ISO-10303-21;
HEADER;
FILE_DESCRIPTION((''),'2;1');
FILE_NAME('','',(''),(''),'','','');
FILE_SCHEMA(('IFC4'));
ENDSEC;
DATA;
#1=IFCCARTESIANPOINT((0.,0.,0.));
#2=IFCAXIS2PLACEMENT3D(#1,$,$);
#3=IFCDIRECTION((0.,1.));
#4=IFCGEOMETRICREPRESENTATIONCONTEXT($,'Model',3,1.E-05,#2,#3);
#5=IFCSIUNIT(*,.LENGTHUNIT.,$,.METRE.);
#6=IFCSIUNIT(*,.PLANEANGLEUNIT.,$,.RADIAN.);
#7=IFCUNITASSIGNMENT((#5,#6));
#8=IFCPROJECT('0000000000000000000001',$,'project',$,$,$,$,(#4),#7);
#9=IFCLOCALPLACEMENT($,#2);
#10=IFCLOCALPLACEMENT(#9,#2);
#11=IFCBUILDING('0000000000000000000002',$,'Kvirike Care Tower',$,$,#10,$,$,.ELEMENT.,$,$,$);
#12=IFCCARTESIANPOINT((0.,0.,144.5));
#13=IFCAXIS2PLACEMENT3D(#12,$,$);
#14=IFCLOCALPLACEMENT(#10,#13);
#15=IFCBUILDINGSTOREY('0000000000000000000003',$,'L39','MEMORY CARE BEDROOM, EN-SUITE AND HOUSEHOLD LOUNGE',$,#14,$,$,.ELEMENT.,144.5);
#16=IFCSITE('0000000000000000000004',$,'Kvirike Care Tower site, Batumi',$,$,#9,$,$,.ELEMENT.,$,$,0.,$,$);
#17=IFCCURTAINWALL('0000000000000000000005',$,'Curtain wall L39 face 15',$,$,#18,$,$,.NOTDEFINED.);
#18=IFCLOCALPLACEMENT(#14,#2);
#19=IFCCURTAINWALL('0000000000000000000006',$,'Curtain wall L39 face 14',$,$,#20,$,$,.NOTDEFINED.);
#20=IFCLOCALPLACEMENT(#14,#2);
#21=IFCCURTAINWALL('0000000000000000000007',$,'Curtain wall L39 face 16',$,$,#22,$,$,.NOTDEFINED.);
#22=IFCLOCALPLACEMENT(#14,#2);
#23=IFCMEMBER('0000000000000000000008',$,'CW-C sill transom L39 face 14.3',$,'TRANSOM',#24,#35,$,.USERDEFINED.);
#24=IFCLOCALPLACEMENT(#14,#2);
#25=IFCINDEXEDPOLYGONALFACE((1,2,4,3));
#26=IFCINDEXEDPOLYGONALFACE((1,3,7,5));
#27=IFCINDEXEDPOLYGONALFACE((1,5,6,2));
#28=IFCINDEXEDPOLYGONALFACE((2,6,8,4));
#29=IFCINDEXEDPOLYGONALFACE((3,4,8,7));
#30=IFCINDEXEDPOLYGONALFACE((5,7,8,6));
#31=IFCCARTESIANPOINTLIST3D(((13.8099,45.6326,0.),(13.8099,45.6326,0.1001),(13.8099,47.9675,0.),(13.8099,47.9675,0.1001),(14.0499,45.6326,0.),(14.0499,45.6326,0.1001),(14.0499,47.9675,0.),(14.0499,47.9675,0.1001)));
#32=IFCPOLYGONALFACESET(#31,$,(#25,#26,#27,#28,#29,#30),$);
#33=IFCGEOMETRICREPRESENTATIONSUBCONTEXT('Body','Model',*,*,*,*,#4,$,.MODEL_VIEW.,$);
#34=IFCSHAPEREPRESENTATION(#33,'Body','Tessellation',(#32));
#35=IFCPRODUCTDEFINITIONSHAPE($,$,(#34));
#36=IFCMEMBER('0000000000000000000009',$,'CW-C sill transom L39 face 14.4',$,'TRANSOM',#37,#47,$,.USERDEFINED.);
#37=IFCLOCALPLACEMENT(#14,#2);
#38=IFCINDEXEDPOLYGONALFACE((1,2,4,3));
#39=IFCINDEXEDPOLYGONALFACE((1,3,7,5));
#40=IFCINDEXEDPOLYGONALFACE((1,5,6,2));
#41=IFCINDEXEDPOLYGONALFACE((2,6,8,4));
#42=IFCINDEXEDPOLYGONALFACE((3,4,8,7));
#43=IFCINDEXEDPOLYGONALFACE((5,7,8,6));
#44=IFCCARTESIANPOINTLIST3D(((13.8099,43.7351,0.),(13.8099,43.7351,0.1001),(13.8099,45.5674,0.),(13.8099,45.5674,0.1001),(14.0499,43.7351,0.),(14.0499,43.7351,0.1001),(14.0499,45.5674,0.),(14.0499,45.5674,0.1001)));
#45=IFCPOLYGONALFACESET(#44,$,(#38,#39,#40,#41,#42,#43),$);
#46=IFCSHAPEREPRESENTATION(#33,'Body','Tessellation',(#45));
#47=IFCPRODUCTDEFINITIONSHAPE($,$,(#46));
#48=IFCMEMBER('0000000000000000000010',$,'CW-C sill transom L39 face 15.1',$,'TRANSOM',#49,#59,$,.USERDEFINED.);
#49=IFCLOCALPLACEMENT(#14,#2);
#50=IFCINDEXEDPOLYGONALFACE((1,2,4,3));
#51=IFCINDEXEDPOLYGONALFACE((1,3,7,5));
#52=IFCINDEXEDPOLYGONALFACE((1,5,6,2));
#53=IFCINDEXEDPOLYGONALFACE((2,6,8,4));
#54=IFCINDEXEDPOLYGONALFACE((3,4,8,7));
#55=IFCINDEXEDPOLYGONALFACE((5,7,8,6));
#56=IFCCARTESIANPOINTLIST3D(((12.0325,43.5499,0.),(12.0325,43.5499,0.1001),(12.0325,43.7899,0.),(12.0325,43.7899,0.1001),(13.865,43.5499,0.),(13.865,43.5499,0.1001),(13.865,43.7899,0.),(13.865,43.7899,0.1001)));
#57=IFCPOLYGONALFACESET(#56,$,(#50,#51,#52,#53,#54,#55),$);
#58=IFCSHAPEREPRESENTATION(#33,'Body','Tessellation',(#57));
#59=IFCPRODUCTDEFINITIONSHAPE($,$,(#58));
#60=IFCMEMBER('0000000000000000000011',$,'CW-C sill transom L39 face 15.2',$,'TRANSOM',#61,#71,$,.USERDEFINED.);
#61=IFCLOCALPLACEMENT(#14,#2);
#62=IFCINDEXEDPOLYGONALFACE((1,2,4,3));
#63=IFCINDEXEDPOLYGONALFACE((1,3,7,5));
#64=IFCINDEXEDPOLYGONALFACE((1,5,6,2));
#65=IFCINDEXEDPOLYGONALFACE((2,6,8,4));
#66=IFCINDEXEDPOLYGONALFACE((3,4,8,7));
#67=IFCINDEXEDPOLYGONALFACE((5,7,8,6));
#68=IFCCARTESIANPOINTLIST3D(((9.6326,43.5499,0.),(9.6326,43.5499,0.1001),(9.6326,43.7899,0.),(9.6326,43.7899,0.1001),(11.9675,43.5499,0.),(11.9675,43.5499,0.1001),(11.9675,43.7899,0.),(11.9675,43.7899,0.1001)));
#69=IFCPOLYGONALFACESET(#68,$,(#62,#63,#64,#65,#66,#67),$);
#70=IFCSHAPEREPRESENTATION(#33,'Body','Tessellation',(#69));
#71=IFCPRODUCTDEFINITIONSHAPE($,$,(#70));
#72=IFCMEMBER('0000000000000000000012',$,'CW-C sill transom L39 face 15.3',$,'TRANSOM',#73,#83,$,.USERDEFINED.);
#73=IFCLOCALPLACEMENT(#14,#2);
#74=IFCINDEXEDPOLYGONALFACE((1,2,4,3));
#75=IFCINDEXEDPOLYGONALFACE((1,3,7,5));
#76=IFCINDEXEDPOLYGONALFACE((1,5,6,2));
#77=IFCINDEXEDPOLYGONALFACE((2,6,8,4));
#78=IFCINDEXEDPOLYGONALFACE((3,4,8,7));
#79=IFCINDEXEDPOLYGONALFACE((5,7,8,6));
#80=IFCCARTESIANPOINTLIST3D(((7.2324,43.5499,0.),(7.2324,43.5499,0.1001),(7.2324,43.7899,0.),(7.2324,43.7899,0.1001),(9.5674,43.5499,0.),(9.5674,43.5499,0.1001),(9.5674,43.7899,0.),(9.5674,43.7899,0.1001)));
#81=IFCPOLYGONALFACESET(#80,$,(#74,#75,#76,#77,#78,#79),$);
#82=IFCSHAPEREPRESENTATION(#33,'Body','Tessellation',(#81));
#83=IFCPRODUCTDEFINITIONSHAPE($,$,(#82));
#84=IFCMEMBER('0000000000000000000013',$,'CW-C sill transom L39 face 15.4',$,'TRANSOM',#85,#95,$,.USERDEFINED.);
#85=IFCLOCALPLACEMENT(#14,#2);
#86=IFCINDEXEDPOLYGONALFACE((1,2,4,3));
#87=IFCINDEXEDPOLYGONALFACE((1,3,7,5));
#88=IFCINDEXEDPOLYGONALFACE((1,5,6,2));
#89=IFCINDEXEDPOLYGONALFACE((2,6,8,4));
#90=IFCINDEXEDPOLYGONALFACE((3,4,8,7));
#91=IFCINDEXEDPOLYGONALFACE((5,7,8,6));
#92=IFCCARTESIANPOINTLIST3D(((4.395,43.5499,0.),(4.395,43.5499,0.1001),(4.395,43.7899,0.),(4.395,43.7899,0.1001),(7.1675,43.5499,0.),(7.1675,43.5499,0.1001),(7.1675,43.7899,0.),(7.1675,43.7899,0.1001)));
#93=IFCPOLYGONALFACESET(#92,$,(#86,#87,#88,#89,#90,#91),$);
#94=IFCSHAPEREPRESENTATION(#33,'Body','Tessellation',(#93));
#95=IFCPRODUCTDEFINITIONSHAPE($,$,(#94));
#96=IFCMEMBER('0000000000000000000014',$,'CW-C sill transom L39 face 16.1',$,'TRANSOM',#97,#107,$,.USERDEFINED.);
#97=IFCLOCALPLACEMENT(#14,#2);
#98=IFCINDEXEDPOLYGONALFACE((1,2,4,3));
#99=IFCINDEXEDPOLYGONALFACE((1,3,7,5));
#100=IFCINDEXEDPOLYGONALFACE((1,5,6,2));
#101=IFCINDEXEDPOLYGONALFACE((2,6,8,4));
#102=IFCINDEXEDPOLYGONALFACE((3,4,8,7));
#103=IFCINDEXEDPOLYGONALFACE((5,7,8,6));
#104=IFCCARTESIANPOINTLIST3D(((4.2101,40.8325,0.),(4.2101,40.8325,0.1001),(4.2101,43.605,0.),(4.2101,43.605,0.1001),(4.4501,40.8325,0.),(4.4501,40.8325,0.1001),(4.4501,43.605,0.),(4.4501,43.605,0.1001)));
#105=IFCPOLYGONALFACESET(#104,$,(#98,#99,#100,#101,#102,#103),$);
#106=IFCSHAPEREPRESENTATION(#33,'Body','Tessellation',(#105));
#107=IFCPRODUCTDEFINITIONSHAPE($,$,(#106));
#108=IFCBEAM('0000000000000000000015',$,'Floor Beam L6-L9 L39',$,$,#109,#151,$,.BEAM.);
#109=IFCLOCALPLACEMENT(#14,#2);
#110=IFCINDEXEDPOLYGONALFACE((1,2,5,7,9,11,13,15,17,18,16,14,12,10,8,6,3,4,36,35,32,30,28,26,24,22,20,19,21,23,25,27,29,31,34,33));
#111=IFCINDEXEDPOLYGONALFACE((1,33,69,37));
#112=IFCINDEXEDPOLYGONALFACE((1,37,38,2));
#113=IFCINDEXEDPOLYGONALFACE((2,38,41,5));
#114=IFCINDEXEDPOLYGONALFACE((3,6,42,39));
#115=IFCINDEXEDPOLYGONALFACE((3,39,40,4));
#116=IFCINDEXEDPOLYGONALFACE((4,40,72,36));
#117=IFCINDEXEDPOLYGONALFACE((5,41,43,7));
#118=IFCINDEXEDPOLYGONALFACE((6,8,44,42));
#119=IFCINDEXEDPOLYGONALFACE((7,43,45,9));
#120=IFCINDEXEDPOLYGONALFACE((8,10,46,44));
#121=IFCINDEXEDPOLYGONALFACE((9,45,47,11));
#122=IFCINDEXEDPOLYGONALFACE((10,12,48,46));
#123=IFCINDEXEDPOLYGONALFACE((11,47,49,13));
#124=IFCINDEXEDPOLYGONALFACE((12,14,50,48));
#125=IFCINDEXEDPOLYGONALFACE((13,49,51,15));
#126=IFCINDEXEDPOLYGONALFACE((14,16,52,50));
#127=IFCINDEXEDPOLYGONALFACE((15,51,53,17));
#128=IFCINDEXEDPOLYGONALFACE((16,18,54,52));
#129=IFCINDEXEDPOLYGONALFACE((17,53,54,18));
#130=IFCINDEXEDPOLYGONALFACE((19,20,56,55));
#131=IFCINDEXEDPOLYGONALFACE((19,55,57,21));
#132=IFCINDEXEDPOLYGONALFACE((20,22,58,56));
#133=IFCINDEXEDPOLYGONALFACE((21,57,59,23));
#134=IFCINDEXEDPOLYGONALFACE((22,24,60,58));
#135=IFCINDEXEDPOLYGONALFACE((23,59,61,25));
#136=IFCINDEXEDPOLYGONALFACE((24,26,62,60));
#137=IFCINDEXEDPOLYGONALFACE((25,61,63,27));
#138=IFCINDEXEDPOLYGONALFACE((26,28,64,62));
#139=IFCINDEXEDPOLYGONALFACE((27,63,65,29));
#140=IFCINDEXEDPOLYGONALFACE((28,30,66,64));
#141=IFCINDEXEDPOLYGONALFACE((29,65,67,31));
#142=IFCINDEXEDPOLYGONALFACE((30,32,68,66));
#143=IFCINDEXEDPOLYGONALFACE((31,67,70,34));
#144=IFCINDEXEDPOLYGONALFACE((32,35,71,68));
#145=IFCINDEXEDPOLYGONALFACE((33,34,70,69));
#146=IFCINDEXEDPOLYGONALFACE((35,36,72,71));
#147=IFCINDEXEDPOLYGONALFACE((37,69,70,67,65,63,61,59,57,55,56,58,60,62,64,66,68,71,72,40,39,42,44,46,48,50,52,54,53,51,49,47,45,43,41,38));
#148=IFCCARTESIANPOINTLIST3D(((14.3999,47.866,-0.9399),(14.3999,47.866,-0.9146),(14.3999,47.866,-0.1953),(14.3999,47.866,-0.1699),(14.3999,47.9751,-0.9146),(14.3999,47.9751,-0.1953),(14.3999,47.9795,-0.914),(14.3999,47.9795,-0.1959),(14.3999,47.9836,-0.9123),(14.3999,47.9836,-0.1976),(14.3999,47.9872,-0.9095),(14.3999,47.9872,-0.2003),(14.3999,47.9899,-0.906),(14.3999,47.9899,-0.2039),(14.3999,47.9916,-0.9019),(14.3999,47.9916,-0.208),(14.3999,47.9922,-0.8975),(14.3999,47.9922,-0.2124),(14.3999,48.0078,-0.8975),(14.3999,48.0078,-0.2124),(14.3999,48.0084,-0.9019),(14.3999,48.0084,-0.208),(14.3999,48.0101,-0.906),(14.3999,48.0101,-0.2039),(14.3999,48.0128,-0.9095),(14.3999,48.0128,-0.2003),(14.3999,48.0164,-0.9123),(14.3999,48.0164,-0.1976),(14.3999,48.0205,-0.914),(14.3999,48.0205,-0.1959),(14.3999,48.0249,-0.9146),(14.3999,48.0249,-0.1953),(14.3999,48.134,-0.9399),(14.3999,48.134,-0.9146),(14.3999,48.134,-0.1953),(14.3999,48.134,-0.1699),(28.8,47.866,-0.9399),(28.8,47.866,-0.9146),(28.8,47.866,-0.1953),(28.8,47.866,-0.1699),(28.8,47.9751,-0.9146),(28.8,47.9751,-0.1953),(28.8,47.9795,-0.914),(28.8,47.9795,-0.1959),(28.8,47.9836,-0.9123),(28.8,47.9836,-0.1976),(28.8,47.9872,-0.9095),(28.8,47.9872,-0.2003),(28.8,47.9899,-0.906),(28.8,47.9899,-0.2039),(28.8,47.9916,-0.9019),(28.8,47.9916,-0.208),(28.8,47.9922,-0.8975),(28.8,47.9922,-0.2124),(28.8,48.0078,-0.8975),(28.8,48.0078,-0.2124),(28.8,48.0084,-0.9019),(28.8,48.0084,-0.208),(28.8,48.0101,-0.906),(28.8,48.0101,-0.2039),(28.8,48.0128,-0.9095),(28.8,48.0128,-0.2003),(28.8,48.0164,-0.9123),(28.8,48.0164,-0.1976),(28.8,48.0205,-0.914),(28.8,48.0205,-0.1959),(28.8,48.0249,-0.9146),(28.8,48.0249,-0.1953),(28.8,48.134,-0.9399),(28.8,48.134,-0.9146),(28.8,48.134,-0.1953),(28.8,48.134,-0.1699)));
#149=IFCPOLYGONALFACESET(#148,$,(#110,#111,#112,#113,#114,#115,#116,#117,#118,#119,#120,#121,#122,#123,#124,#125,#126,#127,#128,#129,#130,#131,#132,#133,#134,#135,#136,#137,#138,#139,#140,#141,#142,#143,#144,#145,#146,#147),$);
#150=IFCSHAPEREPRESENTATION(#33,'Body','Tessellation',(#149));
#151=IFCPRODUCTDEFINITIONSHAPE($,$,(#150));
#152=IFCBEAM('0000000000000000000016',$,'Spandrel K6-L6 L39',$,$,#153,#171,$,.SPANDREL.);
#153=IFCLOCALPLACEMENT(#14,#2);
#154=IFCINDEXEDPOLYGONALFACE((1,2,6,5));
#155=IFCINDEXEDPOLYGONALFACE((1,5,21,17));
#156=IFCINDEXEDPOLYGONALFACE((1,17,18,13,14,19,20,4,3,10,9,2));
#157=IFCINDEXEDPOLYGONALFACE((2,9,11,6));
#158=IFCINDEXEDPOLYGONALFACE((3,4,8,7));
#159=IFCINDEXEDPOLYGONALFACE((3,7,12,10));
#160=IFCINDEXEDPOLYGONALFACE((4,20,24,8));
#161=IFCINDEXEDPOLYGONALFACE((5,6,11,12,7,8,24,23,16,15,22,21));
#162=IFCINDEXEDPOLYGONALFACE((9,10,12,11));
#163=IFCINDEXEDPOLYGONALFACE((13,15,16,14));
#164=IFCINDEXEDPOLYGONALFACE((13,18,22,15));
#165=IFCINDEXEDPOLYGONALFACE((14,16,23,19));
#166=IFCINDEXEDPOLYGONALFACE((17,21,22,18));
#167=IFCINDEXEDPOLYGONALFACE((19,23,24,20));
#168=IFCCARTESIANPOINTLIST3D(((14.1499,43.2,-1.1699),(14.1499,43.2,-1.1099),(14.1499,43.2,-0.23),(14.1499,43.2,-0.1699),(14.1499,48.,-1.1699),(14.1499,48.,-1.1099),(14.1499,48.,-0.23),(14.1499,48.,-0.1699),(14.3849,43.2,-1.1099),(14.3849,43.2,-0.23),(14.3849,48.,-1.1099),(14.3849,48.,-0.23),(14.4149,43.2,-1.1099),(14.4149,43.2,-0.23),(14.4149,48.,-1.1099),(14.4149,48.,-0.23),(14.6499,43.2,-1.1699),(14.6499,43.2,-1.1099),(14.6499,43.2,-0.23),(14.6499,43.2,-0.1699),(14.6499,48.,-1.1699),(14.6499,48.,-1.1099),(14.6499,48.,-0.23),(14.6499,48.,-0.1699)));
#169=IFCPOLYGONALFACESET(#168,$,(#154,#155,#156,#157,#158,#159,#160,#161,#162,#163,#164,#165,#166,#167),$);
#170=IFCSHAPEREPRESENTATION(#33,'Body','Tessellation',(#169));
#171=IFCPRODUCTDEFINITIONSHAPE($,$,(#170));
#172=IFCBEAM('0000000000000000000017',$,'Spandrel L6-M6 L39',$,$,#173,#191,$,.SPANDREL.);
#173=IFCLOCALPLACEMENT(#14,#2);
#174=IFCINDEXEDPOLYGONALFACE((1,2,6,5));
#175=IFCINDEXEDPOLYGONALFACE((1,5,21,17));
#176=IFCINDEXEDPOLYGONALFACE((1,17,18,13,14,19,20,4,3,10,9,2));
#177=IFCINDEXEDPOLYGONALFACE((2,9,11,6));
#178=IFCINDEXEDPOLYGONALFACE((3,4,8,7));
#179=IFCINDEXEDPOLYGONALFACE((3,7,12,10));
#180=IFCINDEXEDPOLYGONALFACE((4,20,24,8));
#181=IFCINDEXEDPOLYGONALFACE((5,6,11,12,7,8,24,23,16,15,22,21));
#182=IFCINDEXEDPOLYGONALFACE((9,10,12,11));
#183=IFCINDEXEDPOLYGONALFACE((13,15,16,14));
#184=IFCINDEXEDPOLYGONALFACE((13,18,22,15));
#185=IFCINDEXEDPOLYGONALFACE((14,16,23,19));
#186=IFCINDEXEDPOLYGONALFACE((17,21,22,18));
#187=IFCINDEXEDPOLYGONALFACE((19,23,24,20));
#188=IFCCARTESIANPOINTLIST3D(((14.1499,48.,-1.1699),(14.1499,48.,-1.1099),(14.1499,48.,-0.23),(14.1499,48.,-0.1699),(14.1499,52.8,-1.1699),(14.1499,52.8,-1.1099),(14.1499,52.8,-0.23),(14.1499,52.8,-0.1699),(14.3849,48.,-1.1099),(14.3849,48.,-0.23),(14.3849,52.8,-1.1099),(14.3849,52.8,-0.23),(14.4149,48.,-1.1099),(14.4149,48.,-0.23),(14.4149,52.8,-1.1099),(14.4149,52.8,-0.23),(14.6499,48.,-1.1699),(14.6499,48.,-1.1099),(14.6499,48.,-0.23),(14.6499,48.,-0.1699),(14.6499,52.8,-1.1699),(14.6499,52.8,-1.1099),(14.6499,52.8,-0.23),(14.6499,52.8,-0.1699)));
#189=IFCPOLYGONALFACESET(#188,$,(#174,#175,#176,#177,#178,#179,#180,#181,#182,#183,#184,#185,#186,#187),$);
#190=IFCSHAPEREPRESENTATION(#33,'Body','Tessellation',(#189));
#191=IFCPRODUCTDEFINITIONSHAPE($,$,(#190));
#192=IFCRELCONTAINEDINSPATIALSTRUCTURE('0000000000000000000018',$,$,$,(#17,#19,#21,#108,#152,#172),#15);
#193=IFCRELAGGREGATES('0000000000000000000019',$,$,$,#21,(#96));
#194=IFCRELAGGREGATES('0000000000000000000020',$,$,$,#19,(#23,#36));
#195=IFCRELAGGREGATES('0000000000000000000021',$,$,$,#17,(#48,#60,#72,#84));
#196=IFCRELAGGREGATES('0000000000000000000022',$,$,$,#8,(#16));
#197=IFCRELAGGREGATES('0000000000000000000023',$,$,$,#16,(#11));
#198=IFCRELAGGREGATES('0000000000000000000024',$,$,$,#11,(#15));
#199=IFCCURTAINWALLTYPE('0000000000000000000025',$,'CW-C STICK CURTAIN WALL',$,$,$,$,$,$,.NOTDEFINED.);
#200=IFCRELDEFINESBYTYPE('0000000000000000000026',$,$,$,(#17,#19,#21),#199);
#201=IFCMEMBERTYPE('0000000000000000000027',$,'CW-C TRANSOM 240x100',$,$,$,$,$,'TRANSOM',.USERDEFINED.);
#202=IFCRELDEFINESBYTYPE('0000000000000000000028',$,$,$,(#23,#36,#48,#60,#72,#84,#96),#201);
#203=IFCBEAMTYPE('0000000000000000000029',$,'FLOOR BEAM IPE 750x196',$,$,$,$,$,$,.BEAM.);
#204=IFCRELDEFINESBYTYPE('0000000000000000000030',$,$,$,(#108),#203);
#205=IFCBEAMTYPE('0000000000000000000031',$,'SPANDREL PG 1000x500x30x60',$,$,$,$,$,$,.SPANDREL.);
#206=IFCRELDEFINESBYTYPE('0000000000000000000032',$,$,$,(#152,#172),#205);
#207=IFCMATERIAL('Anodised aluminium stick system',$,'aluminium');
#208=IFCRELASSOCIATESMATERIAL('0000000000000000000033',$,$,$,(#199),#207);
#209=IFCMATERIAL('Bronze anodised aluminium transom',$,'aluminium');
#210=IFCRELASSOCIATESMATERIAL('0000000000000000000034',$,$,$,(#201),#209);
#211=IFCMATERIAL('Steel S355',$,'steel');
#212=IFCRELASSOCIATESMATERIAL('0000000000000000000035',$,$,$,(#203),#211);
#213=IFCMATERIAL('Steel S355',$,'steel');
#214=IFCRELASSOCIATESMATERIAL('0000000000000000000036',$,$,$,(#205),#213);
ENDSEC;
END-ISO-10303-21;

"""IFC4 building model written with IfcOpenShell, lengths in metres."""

from ifc_helpers import new_model, si_unit, direction, frame, origin, origin_2d, place, context, subcontext, project, spatial, rectangle, i_section, extrude, material, material_profile, profile_set, type_object, element, aggregate, save


model = new_model("IFC4")

# Units and contexts
model_context = context("Model", 3, precision=1e-05, world=origin(), true_north=direction((0.0, 1.0)))
body_context = subcontext(model_context, "Body", "Model", "MODEL_VIEW")
ifc_project = project(units=[si_unit("LENGTHUNIT", "METRE"), si_unit("PLANEANGLEUNIT", "RADIAN")], contexts=[model_context])

# Site, building, storey
site_placement = place(None, origin())
site = spatial("IfcSite", under=ifc_project, at=site_placement, Name="Kvirike Care Tower site, Batumi", CompositionType="ELEMENT", RefElevation=0.0)
building_placement = place(site_placement, origin())
building = spatial("IfcBuilding", under=site, at=building_placement, Name="Kvirike Care Tower", CompositionType="ELEMENT")
storey_placement = place(building_placement, frame((0.0, 0.0, 144.5)))
storey = spatial("IfcBuildingStorey", under=building, at=storey_placement, Name="L39", Description="MEMORY CARE BEDROOM, EN-SUITE AND HOUSEHOLD LOUNGE", CompositionType="ELEMENT", Elevation=144.5)

# Curtain wall
ifc_material_1 = material(Name="Anodised aluminium stick system", Category="aluminium")
curtain_wall_type = type_object("IfcCurtainWallType", Name="CW-C STICK CURTAIN WALL", PredefinedType="NOTDEFINED", material=ifc_material_1)
curtain_wall_1_placement = place(storey_placement, origin())
curtain_wall_1 = element("IfcCurtainWall", 1, at=curtain_wall_1_placement, inside=storey, type_object=curtain_wall_type, Name="Curtain wall L39 face 15", PredefinedType="NOTDEFINED")

# Curtain wall
curtain_wall_2_placement = place(storey_placement, origin())
curtain_wall_2 = element("IfcCurtainWall", 2, at=curtain_wall_2_placement, inside=storey, type_object=curtain_wall_type, Name="Curtain wall L39 face 14", PredefinedType="NOTDEFINED")

# Curtain wall
curtain_wall_3_placement = place(storey_placement, origin())
curtain_wall_3 = element("IfcCurtainWall", 3, at=curtain_wall_3_placement, inside=storey, type_object=curtain_wall_type, Name="Curtain wall L39 face 16", PredefinedType="NOTDEFINED")

# Members
ifc_material_2 = material(Name="Bronze anodised aluminium transom", Category="aluminium")
ifc_material_profile_1 = material_profile(ifc_material_2, rectangle(XDim=0.24, YDim=0.1001, at=origin_2d()), Name="CW-C TRANSOM 240x100")
ifc_profile_set_1 = profile_set([ifc_material_profile_1], Name="Bronze anodised aluminium transom")
member_type_1 = type_object("IfcMemberType", Name="CW-C TRANSOM 240x100", ElementType="TRANSOM", PredefinedType="USERDEFINED", material=ifc_profile_set_1)
member_1_placement = place(storey_placement, frame((13.9299, 47.9675, 0.05), z_axis=(0.0, -1.0, 0.0), x_axis=(1.0, 0.0, 0.0)))
member_1 = element("IfcMember", 4, at=member_1_placement, type_object=member_type_1, Name="CW-C sill transom L39 face 14.3", ObjectType="TRANSOM", PredefinedType="USERDEFINED", context=body_context, shape_type="SweptSolid", body=[
    extrude(rectangle(XDim=0.24, YDim=0.1001, at=origin_2d()), origin(), (0.0, 0.0, 1.0), 2.335),
])
member_2_placement = place(storey_placement, frame((13.9299, 45.5674, 0.05), z_axis=(0.0, -1.0, 0.0), x_axis=(1.0, 0.0, 0.0)))
member_2 = element("IfcMember", 5, at=member_2_placement, type_object=member_type_1, Name="CW-C sill transom L39 face 14.4", ObjectType="TRANSOM", PredefinedType="USERDEFINED", context=body_context, shape_type="SweptSolid", body=[
    extrude(rectangle(XDim=0.24, YDim=0.1001, at=origin_2d()), origin(), (0.0, 0.0, 1.0), 1.8323),
])
member_3_placement = place(storey_placement, frame((13.865, 43.6699, 0.05), z_axis=(-1.0, 0.0, 0.0), x_axis=(0.0, -1.0, 0.0)))
member_3 = element("IfcMember", 6, at=member_3_placement, type_object=member_type_1, Name="CW-C sill transom L39 face 15.1", ObjectType="TRANSOM", PredefinedType="USERDEFINED", context=body_context, shape_type="SweptSolid", body=[
    extrude(rectangle(XDim=0.24, YDim=0.1001, at=origin_2d()), origin(), (0.0, 0.0, 1.0), 1.8325),
])
member_4_placement = place(storey_placement, frame((11.9675, 43.6699, 0.05), z_axis=(-1.0, 0.0, 0.0), x_axis=(0.0, -1.0, 0.0)))
member_4 = element("IfcMember", 7, at=member_4_placement, type_object=member_type_1, Name="CW-C sill transom L39 face 15.2", ObjectType="TRANSOM", PredefinedType="USERDEFINED", context=body_context, shape_type="SweptSolid", body=[
    extrude(rectangle(XDim=0.24, YDim=0.1001, at=origin_2d()), origin(), (0.0, 0.0, 1.0), 2.335),
])
member_5_placement = place(storey_placement, frame((9.5674, 43.6699, 0.05), z_axis=(-1.0, 0.0, 0.0), x_axis=(0.0, -1.0, 0.0)))
member_5 = element("IfcMember", 8, at=member_5_placement, type_object=member_type_1, Name="CW-C sill transom L39 face 15.3", ObjectType="TRANSOM", PredefinedType="USERDEFINED", context=body_context, shape_type="SweptSolid", body=[
    extrude(rectangle(XDim=0.24, YDim=0.1001, at=origin_2d()), origin(), (0.0, 0.0, 1.0), 2.335),
])
member_6_placement = place(storey_placement, frame((7.1675, 43.6699, 0.05), z_axis=(-1.0, 0.0, 0.0), x_axis=(0.0, -1.0, 0.0)))
member_6 = element("IfcMember", 9, at=member_6_placement, type_object=member_type_1, Name="CW-C sill transom L39 face 15.4", ObjectType="TRANSOM", PredefinedType="USERDEFINED", context=body_context, shape_type="SweptSolid", body=[
    extrude(rectangle(XDim=0.24, YDim=0.1001, at=origin_2d()), origin(), (0.0, 0.0, 1.0), 2.7725),
])
member_7_placement = place(storey_placement, frame((4.3301, 43.605, 0.05), z_axis=(0.0, -1.0, 0.0), x_axis=(1.0, 0.0, 0.0)))
member_7 = element("IfcMember", 10, at=member_7_placement, type_object=member_type_1, Name="CW-C sill transom L39 face 16.1", ObjectType="TRANSOM", PredefinedType="USERDEFINED", context=body_context, shape_type="SweptSolid", body=[
    extrude(rectangle(XDim=0.24, YDim=0.1001, at=origin_2d()), origin(), (0.0, 0.0, 1.0), 2.7725),
])
aggregate(curtain_wall_3, [member_7])

# Beams
ifc_material_3 = material(Name="Steel S355", Category="steel")
ifc_material_profile_2 = material_profile(ifc_material_3, i_section(OverallWidth=0.2681, OverallDepth=0.77, WebThickness=0.0156, FlangeThickness=0.0254, FilletRadius=0.0171, at=origin_2d()), Name="IPE 750x196")
ifc_profile_set_2 = profile_set([ifc_material_profile_2], Name="Steel S355")
beam_type_1 = type_object("IfcBeamType", Name="FLOOR BEAM IPE 750x196", PredefinedType="BEAM", material=ifc_profile_set_2)
beam_placement = place(storey_placement, frame((14.3999, 48.0, -0.5549), z_axis=(1.0, 0.0, 0.0), x_axis=(0.0, 1.0, 0.0)))
element("IfcBeam", 11, at=beam_placement, inside=storey, type_object=beam_type_1, Name="Floor Beam L6-L9 L39", PredefinedType="BEAM", context=body_context, shape_type="SweptSolid", body=[
    extrude(i_section(OverallWidth=0.2681, OverallDepth=0.77, WebThickness=0.0156, FlangeThickness=0.0254, FilletRadius=0.0171, at=origin_2d()), origin(), (0.0, 0.0, 1.0), 14.4001),
])
ifc_material_4 = material(Name="Steel S355", Category="steel")
ifc_material_profile_3 = material_profile(ifc_material_4, i_section(OverallWidth=0.5, OverallDepth=1.0, WebThickness=0.03, FlangeThickness=0.0601, at=origin_2d()), Name="PG 1000x500x30x60")
ifc_profile_set_3 = profile_set([ifc_material_profile_3], Name="Steel S355")
beam_type_2 = type_object("IfcBeamType", Name="SPANDREL PG 1000x500x30x60", PredefinedType="SPANDREL", material=ifc_profile_set_3)
for number, where, z_axis, x_axis, name in (
    (12, (14.3999, 43.2, -0.6699), (0.0, 1.0, 0.0), (-1.0, 0.0, 0.0), "Spandrel K6-L6 L39"),
    (13, (14.3999, 48.0, -0.6699), (0.0, 1.0, 0.0), (-1.0, 0.0, 0.0), "Spandrel L6-M6 L39"),
):
    element("IfcBeam", number, at=place(storey_placement, frame(where, z_axis=z_axis, x_axis=x_axis)), inside=storey, type_object=beam_type_2, Name=name, PredefinedType="SPANDREL", context=body_context, shape_type="SweptSolid", body=[
        extrude(i_section(OverallWidth=0.5, OverallDepth=1.0, WebThickness=0.03, FlangeThickness=0.0601, at=origin_2d()), origin(), (0.0, 0.0, 1.0), 4.8),
    ])

aggregate(curtain_wall_2, [member_1, member_2])
aggregate(curtain_wall_1, [member_3, member_4, member_5, member_6])

save(model, "model.ifc")
